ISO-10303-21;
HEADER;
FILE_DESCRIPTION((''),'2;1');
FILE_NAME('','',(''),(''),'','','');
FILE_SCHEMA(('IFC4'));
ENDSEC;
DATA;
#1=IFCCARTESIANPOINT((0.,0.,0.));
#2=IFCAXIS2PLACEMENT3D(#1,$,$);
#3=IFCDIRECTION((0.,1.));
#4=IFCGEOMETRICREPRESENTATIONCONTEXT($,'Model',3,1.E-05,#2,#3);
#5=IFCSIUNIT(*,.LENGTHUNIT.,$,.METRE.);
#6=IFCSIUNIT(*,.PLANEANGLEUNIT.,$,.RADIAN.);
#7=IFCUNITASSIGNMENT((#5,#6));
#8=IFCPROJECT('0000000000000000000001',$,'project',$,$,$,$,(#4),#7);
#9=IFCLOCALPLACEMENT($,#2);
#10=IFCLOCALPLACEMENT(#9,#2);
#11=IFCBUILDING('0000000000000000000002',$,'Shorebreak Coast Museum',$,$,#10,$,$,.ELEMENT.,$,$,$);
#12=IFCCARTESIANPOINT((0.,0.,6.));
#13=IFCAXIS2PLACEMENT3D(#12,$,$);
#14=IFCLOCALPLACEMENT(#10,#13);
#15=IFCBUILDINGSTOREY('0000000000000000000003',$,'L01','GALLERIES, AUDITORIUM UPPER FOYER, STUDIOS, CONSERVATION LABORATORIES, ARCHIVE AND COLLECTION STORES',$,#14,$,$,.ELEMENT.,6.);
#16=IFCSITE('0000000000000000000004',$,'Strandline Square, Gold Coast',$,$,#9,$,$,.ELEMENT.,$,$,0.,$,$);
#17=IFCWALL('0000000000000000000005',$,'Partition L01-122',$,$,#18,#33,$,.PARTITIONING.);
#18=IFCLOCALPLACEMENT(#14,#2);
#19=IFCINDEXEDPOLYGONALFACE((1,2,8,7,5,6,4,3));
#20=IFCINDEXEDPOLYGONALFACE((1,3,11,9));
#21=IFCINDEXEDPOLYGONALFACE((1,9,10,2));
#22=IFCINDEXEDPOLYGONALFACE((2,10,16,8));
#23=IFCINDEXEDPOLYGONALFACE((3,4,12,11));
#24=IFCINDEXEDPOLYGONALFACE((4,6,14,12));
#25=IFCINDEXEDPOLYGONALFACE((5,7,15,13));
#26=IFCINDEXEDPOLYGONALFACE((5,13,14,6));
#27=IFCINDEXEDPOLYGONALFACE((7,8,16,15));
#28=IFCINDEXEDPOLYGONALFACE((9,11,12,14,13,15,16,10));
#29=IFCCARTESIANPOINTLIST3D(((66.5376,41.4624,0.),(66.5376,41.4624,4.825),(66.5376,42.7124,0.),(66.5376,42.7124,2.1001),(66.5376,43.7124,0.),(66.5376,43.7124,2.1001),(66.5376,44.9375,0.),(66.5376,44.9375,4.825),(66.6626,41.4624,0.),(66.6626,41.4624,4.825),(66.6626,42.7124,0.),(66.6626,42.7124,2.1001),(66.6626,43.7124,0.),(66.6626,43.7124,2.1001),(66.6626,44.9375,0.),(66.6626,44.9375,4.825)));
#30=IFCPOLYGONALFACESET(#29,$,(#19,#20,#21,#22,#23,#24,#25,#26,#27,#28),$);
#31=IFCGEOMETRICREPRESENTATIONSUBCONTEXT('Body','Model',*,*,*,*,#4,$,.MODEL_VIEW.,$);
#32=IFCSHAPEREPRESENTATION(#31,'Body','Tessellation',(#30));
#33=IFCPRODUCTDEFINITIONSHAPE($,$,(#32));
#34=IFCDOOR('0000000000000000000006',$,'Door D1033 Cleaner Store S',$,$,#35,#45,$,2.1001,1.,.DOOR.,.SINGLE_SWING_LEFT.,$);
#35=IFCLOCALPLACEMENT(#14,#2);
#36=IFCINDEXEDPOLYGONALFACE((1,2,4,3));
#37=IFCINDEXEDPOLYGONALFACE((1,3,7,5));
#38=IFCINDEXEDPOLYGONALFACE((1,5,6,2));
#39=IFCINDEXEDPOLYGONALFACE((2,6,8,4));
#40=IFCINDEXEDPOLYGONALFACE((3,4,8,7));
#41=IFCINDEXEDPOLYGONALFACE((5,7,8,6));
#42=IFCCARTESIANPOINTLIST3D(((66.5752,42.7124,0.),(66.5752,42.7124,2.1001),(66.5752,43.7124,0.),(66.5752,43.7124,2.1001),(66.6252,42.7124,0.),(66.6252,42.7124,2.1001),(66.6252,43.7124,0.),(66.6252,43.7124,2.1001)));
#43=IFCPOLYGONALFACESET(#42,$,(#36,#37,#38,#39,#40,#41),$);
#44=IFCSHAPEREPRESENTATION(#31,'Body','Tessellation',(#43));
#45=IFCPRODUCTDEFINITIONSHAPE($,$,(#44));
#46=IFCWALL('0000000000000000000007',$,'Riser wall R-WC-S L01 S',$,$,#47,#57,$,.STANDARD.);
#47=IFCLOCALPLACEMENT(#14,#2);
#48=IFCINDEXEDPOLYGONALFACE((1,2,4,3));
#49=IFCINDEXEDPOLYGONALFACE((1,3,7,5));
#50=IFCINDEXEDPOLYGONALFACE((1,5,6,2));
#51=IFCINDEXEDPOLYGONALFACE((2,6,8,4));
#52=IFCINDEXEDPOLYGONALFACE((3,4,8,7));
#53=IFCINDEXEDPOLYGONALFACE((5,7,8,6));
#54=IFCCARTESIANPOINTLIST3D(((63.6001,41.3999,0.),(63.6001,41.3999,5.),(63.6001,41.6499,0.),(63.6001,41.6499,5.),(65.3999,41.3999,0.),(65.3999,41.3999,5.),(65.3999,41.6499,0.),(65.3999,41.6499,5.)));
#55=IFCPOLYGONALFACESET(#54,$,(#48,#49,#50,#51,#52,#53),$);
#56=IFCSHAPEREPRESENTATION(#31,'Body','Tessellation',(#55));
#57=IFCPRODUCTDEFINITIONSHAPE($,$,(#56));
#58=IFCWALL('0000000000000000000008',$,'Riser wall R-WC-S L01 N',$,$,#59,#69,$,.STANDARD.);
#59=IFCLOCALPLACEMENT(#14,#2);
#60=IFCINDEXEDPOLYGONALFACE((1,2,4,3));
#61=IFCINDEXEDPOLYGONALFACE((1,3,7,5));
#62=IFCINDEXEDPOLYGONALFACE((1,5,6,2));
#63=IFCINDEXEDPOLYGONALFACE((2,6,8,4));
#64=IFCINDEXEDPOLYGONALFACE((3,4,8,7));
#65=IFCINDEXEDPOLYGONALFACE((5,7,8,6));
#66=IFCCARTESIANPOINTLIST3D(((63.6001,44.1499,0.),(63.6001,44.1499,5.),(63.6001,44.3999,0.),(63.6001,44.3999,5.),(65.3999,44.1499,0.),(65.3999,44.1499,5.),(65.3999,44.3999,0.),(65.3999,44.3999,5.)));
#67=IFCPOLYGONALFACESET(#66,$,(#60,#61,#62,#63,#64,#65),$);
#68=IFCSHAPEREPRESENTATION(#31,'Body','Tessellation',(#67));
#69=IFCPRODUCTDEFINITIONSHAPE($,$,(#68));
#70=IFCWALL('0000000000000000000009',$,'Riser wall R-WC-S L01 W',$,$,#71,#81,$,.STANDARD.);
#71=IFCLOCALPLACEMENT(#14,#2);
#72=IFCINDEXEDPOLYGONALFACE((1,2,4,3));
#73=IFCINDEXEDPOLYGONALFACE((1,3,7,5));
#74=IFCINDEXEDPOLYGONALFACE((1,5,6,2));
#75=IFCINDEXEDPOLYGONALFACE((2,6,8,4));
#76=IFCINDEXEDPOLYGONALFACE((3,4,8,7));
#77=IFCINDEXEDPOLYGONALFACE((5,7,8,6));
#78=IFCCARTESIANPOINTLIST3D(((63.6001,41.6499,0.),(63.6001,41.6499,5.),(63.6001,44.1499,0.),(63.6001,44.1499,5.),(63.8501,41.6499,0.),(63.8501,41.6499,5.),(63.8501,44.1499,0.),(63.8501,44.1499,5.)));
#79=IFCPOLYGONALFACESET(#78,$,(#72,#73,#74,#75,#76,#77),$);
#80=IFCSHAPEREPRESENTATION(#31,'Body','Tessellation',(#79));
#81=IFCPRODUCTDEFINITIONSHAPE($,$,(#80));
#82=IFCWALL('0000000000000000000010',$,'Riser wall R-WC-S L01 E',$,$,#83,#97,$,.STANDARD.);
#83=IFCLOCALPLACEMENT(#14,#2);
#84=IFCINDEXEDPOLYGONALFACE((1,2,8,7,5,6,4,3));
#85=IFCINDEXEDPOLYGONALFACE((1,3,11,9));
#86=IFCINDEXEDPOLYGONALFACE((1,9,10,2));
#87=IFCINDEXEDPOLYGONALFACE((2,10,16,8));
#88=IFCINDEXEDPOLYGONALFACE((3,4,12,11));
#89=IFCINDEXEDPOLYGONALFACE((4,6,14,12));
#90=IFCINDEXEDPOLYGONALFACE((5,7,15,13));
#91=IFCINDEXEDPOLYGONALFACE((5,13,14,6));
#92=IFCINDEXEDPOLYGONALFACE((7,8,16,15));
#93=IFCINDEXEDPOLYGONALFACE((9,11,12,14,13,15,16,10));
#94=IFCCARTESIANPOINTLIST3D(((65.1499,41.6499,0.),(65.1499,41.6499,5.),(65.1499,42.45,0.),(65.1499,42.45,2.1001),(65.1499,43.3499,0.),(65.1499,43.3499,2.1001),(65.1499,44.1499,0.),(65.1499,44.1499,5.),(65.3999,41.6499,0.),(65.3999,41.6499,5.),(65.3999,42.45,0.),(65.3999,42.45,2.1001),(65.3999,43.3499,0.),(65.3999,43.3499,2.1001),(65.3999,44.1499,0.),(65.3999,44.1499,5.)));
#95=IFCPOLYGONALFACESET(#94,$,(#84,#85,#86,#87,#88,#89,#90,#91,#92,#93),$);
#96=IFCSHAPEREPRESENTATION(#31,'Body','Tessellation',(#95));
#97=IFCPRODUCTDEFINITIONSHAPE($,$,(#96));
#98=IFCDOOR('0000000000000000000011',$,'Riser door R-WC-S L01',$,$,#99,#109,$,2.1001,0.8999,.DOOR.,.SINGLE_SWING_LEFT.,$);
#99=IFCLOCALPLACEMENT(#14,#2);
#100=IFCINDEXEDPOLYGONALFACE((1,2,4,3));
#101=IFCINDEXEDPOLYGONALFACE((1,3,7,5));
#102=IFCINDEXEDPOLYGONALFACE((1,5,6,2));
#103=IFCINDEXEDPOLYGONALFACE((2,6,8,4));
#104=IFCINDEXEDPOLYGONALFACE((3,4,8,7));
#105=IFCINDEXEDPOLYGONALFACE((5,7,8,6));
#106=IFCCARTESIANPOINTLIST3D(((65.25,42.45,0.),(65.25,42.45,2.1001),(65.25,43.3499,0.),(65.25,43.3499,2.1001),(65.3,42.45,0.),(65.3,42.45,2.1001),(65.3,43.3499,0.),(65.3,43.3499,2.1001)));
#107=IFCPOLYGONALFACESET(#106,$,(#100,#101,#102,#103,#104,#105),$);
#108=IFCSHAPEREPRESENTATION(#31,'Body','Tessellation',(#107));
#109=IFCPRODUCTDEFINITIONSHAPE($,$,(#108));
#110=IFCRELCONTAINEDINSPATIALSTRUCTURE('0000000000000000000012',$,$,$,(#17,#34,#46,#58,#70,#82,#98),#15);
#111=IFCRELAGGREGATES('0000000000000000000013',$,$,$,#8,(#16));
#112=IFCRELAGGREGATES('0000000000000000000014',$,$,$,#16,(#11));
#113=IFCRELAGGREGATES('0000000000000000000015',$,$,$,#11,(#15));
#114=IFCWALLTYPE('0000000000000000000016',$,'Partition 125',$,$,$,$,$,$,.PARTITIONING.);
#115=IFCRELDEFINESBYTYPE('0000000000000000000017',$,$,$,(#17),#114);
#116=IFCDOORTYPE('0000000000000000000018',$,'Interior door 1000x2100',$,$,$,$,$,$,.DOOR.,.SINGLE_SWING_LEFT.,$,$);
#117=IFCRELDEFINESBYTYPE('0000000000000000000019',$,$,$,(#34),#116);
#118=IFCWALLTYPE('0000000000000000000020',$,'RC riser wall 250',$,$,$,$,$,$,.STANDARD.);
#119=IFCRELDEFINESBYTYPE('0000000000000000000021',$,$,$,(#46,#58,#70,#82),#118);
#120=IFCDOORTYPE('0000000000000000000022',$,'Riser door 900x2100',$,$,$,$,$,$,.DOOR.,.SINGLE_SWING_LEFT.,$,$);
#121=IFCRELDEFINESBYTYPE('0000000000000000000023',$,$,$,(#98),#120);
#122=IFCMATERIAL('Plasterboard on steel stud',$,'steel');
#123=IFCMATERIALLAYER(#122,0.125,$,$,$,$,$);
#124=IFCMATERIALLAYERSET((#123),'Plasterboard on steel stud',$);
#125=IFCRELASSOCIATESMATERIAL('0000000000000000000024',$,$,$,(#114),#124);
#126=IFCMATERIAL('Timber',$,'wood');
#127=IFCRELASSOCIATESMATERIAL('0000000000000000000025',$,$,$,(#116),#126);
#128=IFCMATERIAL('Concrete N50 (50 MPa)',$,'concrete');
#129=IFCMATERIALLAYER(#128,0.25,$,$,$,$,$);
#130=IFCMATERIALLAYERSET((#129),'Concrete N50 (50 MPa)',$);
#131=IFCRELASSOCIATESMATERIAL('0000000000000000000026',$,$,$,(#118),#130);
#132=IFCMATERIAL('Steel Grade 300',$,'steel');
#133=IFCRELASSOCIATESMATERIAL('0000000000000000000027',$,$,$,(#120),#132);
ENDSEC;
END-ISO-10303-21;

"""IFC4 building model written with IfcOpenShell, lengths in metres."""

from ifc_helpers import new_model, si_unit, direction, frame, frame_2d, origin, place, context, subcontext, project, spatial, rectangle, extrude, material, layer, layer_set, type_object, element, fill, save


model = new_model("IFC4")

# Units and contexts
model_context = context("Model", 3, precision=1e-05, world=origin(), true_north=direction((0.0, 1.0)))
body_context = subcontext(model_context, "Body", "Model", "MODEL_VIEW")
ifc_project = project(units=[si_unit("LENGTHUNIT", "METRE"), si_unit("PLANEANGLEUNIT", "RADIAN")], contexts=[model_context])

# Site, building, storey
site_placement = place(None, origin())
site = spatial("IfcSite", under=ifc_project, at=site_placement, Name="Strandline Square, Gold Coast", CompositionType="ELEMENT", RefElevation=0.0)
building_placement = place(site_placement, origin())
building = spatial("IfcBuilding", under=site, at=building_placement, Name="Shorebreak Coast Museum", CompositionType="ELEMENT")
storey_placement = place(building_placement, frame((0.0, 0.0, 6.0)))
storey = spatial("IfcBuildingStorey", under=building, at=storey_placement, Name="L01", Description="GALLERIES, AUDITORIUM UPPER FOYER, STUDIOS, CONSERVATION LABORATORIES, ARCHIVE AND COLLECTION STORES", CompositionType="ELEMENT", Elevation=6.0)

# Shared definitions
ifc_material_1 = material(Name="Plasterboard on steel stud", Category="steel")
ifc_layer_1 = layer(ifc_material_1, 0.125)
ifc_layer_set_1 = layer_set([ifc_layer_1], Name="Plasterboard on steel stud")
wall_type_1 = type_object("IfcWallType", Name="Partition 125", PredefinedType="PARTITIONING", material=ifc_layer_set_1)

# Wall, opening, door
wall_1_placement = place(storey_placement, frame((66.6001, 41.4624, 0.0), z_axis=(0.0, 0.0, 1.0), x_axis=(0.0, 1.0, 0.0)))
wall_1 = element("IfcWall", 1, at=wall_1_placement, inside=storey, type_object=wall_type_1, Name="Partition L01-122", PredefinedType="PARTITIONING", context=body_context, shape_type="SweptSolid", body=[
    extrude(rectangle(XDim=3.4751, YDim=0.125, at=frame_2d((1.7375, 0.0))), origin(), (0.0, 0.0, 1.0), 4.825),
])
opening_1_placement = place(wall_1_placement, frame((1.25, 0.0, 0.0)))
opening_1 = element("IfcOpeningElement", 2, at=opening_1_placement, cuts=wall_1, PredefinedType="OPENING", context=body_context, shape_type="SweptSolid", body=[
    extrude(rectangle(XDim=1.0, YDim=2.1001, at=frame_2d((0.5, 1.05))), frame((0.0, 0.0725, 0.0), z_axis=(0.0, -1.0, 0.0), x_axis=(1.0, 0.0, 0.0)), (0.0, 0.0, 1.0), 0.145),
])
ifc_material_2 = material(Name="Timber", Category="wood")
door_type_1 = type_object("IfcDoorType", Name="Interior door 1000x2100", OperationType="SINGLE_SWING_LEFT", PredefinedType="DOOR", material=ifc_material_2)
door_1_placement = place(opening_1_placement, origin())
door_1 = element("IfcDoor", 3, at=door_1_placement, inside=storey, type_object=door_type_1, Name="Door D1033 Cleaner Store S", OperationType="SINGLE_SWING_LEFT", OverallHeight=2.1001, OverallWidth=1.0, PredefinedType="DOOR", context=body_context, shape_type="SweptSolid", body=[
    extrude(rectangle(XDim=1.0, YDim=2.1001, at=frame_2d((0.5, 1.05))), frame((0.0, 0.0249, 0.0), z_axis=(0.0, -1.0, 0.0), x_axis=(1.0, 0.0, 0.0)), (0.0, 0.0, 1.0), 0.05),
])
fill(opening_1, door_1)

# Walls
ifc_material_3 = material(Name="Concrete N50 (50 MPa)", Category="concrete")
ifc_layer_2 = layer(ifc_material_3, 0.25)
ifc_layer_set_2 = layer_set([ifc_layer_2], Name="Concrete N50 (50 MPa)")
wall_type_2 = type_object("IfcWallType", Name="RC riser wall 250", PredefinedType="STANDARD", material=ifc_layer_set_2)
for number, where, z_axis, x_axis, name in (
    (4, (63.6001, 41.5249, 0.0), (0.0, 0.0, 1.0), (1.0, 0.0, 0.0), "Riser wall R-WC-S L01 S"),
    (5, (63.6001, 44.2749, 0.0), (0.0, 0.0, 1.0), (1.0, 0.0, 0.0), "Riser wall R-WC-S L01 N"),
):
    element("IfcWall", number, at=place(storey_placement, frame(where, z_axis=z_axis, x_axis=x_axis)), inside=storey, type_object=wall_type_2, Name=name, PredefinedType="STANDARD", context=body_context, shape_type="SweptSolid", body=[
        extrude(rectangle(XDim=1.7998, YDim=0.25, at=frame_2d((0.8999, 0.0))), origin(), (0.0, 0.0, 1.0), 5.0),
    ])
wall_2_placement = place(storey_placement, frame((63.7251, 41.6499, 0.0), z_axis=(0.0, 0.0, 1.0), x_axis=(0.0, 1.0, 0.0)))
element("IfcWall", 6, at=wall_2_placement, inside=storey, type_object=wall_type_2, Name="Riser wall R-WC-S L01 W", PredefinedType="STANDARD", context=body_context, shape_type="SweptSolid", body=[
    extrude(rectangle(XDim=2.5, YDim=0.25, at=frame_2d((1.25, 0.0))), origin(), (0.0, 0.0, 1.0), 5.0),
])

# Wall, opening, door
wall_3_placement = place(storey_placement, frame((65.2749, 41.6499, 0.0), z_axis=(0.0, 0.0, 1.0), x_axis=(0.0, 1.0, 0.0)))
wall_3 = element("IfcWall", 7, at=wall_3_placement, inside=storey, type_object=wall_type_2, Name="Riser wall R-WC-S L01 E", PredefinedType="STANDARD", context=body_context, shape_type="SweptSolid", body=[
    extrude(rectangle(XDim=2.5, YDim=0.25, at=frame_2d((1.25, 0.0))), origin(), (0.0, 0.0, 1.0), 5.0),
])
opening_2_placement = place(wall_3_placement, frame((0.8, 0.0, 0.0)))
opening_2 = element("IfcOpeningElement", 8, at=opening_2_placement, cuts=wall_3, PredefinedType="OPENING", context=body_context, shape_type="SweptSolid", body=[
    extrude(rectangle(XDim=0.8999, YDim=2.1001, at=frame_2d((0.45, 1.05))), frame((0.0, 0.135, 0.0), z_axis=(0.0, -1.0, 0.0), x_axis=(1.0, 0.0, 0.0)), (0.0, 0.0, 1.0), 0.27),
])
ifc_material_4 = material(Name="Steel Grade 300", Category="steel")
door_type_2 = type_object("IfcDoorType", Name="Riser door 900x2100", OperationType="SINGLE_SWING_LEFT", PredefinedType="DOOR", material=ifc_material_4)
door_2_placement = place(opening_2_placement, origin())
door_2 = element("IfcDoor", 9, at=door_2_placement, inside=storey, type_object=door_type_2, Name="Riser door R-WC-S L01", OperationType="SINGLE_SWING_LEFT", OverallHeight=2.1001, OverallWidth=0.8999, PredefinedType="DOOR", context=body_context, shape_type="SweptSolid", body=[
    extrude(rectangle(XDim=0.8999, YDim=2.1001, at=frame_2d((0.45, 1.05))), frame((0.0, 0.0249, 0.0), z_axis=(0.0, -1.0, 0.0), x_axis=(1.0, 0.0, 0.0)), (0.0, 0.0, 1.0), 0.05),
])
fill(opening_2, door_2)

save(model, "model.ifc")
